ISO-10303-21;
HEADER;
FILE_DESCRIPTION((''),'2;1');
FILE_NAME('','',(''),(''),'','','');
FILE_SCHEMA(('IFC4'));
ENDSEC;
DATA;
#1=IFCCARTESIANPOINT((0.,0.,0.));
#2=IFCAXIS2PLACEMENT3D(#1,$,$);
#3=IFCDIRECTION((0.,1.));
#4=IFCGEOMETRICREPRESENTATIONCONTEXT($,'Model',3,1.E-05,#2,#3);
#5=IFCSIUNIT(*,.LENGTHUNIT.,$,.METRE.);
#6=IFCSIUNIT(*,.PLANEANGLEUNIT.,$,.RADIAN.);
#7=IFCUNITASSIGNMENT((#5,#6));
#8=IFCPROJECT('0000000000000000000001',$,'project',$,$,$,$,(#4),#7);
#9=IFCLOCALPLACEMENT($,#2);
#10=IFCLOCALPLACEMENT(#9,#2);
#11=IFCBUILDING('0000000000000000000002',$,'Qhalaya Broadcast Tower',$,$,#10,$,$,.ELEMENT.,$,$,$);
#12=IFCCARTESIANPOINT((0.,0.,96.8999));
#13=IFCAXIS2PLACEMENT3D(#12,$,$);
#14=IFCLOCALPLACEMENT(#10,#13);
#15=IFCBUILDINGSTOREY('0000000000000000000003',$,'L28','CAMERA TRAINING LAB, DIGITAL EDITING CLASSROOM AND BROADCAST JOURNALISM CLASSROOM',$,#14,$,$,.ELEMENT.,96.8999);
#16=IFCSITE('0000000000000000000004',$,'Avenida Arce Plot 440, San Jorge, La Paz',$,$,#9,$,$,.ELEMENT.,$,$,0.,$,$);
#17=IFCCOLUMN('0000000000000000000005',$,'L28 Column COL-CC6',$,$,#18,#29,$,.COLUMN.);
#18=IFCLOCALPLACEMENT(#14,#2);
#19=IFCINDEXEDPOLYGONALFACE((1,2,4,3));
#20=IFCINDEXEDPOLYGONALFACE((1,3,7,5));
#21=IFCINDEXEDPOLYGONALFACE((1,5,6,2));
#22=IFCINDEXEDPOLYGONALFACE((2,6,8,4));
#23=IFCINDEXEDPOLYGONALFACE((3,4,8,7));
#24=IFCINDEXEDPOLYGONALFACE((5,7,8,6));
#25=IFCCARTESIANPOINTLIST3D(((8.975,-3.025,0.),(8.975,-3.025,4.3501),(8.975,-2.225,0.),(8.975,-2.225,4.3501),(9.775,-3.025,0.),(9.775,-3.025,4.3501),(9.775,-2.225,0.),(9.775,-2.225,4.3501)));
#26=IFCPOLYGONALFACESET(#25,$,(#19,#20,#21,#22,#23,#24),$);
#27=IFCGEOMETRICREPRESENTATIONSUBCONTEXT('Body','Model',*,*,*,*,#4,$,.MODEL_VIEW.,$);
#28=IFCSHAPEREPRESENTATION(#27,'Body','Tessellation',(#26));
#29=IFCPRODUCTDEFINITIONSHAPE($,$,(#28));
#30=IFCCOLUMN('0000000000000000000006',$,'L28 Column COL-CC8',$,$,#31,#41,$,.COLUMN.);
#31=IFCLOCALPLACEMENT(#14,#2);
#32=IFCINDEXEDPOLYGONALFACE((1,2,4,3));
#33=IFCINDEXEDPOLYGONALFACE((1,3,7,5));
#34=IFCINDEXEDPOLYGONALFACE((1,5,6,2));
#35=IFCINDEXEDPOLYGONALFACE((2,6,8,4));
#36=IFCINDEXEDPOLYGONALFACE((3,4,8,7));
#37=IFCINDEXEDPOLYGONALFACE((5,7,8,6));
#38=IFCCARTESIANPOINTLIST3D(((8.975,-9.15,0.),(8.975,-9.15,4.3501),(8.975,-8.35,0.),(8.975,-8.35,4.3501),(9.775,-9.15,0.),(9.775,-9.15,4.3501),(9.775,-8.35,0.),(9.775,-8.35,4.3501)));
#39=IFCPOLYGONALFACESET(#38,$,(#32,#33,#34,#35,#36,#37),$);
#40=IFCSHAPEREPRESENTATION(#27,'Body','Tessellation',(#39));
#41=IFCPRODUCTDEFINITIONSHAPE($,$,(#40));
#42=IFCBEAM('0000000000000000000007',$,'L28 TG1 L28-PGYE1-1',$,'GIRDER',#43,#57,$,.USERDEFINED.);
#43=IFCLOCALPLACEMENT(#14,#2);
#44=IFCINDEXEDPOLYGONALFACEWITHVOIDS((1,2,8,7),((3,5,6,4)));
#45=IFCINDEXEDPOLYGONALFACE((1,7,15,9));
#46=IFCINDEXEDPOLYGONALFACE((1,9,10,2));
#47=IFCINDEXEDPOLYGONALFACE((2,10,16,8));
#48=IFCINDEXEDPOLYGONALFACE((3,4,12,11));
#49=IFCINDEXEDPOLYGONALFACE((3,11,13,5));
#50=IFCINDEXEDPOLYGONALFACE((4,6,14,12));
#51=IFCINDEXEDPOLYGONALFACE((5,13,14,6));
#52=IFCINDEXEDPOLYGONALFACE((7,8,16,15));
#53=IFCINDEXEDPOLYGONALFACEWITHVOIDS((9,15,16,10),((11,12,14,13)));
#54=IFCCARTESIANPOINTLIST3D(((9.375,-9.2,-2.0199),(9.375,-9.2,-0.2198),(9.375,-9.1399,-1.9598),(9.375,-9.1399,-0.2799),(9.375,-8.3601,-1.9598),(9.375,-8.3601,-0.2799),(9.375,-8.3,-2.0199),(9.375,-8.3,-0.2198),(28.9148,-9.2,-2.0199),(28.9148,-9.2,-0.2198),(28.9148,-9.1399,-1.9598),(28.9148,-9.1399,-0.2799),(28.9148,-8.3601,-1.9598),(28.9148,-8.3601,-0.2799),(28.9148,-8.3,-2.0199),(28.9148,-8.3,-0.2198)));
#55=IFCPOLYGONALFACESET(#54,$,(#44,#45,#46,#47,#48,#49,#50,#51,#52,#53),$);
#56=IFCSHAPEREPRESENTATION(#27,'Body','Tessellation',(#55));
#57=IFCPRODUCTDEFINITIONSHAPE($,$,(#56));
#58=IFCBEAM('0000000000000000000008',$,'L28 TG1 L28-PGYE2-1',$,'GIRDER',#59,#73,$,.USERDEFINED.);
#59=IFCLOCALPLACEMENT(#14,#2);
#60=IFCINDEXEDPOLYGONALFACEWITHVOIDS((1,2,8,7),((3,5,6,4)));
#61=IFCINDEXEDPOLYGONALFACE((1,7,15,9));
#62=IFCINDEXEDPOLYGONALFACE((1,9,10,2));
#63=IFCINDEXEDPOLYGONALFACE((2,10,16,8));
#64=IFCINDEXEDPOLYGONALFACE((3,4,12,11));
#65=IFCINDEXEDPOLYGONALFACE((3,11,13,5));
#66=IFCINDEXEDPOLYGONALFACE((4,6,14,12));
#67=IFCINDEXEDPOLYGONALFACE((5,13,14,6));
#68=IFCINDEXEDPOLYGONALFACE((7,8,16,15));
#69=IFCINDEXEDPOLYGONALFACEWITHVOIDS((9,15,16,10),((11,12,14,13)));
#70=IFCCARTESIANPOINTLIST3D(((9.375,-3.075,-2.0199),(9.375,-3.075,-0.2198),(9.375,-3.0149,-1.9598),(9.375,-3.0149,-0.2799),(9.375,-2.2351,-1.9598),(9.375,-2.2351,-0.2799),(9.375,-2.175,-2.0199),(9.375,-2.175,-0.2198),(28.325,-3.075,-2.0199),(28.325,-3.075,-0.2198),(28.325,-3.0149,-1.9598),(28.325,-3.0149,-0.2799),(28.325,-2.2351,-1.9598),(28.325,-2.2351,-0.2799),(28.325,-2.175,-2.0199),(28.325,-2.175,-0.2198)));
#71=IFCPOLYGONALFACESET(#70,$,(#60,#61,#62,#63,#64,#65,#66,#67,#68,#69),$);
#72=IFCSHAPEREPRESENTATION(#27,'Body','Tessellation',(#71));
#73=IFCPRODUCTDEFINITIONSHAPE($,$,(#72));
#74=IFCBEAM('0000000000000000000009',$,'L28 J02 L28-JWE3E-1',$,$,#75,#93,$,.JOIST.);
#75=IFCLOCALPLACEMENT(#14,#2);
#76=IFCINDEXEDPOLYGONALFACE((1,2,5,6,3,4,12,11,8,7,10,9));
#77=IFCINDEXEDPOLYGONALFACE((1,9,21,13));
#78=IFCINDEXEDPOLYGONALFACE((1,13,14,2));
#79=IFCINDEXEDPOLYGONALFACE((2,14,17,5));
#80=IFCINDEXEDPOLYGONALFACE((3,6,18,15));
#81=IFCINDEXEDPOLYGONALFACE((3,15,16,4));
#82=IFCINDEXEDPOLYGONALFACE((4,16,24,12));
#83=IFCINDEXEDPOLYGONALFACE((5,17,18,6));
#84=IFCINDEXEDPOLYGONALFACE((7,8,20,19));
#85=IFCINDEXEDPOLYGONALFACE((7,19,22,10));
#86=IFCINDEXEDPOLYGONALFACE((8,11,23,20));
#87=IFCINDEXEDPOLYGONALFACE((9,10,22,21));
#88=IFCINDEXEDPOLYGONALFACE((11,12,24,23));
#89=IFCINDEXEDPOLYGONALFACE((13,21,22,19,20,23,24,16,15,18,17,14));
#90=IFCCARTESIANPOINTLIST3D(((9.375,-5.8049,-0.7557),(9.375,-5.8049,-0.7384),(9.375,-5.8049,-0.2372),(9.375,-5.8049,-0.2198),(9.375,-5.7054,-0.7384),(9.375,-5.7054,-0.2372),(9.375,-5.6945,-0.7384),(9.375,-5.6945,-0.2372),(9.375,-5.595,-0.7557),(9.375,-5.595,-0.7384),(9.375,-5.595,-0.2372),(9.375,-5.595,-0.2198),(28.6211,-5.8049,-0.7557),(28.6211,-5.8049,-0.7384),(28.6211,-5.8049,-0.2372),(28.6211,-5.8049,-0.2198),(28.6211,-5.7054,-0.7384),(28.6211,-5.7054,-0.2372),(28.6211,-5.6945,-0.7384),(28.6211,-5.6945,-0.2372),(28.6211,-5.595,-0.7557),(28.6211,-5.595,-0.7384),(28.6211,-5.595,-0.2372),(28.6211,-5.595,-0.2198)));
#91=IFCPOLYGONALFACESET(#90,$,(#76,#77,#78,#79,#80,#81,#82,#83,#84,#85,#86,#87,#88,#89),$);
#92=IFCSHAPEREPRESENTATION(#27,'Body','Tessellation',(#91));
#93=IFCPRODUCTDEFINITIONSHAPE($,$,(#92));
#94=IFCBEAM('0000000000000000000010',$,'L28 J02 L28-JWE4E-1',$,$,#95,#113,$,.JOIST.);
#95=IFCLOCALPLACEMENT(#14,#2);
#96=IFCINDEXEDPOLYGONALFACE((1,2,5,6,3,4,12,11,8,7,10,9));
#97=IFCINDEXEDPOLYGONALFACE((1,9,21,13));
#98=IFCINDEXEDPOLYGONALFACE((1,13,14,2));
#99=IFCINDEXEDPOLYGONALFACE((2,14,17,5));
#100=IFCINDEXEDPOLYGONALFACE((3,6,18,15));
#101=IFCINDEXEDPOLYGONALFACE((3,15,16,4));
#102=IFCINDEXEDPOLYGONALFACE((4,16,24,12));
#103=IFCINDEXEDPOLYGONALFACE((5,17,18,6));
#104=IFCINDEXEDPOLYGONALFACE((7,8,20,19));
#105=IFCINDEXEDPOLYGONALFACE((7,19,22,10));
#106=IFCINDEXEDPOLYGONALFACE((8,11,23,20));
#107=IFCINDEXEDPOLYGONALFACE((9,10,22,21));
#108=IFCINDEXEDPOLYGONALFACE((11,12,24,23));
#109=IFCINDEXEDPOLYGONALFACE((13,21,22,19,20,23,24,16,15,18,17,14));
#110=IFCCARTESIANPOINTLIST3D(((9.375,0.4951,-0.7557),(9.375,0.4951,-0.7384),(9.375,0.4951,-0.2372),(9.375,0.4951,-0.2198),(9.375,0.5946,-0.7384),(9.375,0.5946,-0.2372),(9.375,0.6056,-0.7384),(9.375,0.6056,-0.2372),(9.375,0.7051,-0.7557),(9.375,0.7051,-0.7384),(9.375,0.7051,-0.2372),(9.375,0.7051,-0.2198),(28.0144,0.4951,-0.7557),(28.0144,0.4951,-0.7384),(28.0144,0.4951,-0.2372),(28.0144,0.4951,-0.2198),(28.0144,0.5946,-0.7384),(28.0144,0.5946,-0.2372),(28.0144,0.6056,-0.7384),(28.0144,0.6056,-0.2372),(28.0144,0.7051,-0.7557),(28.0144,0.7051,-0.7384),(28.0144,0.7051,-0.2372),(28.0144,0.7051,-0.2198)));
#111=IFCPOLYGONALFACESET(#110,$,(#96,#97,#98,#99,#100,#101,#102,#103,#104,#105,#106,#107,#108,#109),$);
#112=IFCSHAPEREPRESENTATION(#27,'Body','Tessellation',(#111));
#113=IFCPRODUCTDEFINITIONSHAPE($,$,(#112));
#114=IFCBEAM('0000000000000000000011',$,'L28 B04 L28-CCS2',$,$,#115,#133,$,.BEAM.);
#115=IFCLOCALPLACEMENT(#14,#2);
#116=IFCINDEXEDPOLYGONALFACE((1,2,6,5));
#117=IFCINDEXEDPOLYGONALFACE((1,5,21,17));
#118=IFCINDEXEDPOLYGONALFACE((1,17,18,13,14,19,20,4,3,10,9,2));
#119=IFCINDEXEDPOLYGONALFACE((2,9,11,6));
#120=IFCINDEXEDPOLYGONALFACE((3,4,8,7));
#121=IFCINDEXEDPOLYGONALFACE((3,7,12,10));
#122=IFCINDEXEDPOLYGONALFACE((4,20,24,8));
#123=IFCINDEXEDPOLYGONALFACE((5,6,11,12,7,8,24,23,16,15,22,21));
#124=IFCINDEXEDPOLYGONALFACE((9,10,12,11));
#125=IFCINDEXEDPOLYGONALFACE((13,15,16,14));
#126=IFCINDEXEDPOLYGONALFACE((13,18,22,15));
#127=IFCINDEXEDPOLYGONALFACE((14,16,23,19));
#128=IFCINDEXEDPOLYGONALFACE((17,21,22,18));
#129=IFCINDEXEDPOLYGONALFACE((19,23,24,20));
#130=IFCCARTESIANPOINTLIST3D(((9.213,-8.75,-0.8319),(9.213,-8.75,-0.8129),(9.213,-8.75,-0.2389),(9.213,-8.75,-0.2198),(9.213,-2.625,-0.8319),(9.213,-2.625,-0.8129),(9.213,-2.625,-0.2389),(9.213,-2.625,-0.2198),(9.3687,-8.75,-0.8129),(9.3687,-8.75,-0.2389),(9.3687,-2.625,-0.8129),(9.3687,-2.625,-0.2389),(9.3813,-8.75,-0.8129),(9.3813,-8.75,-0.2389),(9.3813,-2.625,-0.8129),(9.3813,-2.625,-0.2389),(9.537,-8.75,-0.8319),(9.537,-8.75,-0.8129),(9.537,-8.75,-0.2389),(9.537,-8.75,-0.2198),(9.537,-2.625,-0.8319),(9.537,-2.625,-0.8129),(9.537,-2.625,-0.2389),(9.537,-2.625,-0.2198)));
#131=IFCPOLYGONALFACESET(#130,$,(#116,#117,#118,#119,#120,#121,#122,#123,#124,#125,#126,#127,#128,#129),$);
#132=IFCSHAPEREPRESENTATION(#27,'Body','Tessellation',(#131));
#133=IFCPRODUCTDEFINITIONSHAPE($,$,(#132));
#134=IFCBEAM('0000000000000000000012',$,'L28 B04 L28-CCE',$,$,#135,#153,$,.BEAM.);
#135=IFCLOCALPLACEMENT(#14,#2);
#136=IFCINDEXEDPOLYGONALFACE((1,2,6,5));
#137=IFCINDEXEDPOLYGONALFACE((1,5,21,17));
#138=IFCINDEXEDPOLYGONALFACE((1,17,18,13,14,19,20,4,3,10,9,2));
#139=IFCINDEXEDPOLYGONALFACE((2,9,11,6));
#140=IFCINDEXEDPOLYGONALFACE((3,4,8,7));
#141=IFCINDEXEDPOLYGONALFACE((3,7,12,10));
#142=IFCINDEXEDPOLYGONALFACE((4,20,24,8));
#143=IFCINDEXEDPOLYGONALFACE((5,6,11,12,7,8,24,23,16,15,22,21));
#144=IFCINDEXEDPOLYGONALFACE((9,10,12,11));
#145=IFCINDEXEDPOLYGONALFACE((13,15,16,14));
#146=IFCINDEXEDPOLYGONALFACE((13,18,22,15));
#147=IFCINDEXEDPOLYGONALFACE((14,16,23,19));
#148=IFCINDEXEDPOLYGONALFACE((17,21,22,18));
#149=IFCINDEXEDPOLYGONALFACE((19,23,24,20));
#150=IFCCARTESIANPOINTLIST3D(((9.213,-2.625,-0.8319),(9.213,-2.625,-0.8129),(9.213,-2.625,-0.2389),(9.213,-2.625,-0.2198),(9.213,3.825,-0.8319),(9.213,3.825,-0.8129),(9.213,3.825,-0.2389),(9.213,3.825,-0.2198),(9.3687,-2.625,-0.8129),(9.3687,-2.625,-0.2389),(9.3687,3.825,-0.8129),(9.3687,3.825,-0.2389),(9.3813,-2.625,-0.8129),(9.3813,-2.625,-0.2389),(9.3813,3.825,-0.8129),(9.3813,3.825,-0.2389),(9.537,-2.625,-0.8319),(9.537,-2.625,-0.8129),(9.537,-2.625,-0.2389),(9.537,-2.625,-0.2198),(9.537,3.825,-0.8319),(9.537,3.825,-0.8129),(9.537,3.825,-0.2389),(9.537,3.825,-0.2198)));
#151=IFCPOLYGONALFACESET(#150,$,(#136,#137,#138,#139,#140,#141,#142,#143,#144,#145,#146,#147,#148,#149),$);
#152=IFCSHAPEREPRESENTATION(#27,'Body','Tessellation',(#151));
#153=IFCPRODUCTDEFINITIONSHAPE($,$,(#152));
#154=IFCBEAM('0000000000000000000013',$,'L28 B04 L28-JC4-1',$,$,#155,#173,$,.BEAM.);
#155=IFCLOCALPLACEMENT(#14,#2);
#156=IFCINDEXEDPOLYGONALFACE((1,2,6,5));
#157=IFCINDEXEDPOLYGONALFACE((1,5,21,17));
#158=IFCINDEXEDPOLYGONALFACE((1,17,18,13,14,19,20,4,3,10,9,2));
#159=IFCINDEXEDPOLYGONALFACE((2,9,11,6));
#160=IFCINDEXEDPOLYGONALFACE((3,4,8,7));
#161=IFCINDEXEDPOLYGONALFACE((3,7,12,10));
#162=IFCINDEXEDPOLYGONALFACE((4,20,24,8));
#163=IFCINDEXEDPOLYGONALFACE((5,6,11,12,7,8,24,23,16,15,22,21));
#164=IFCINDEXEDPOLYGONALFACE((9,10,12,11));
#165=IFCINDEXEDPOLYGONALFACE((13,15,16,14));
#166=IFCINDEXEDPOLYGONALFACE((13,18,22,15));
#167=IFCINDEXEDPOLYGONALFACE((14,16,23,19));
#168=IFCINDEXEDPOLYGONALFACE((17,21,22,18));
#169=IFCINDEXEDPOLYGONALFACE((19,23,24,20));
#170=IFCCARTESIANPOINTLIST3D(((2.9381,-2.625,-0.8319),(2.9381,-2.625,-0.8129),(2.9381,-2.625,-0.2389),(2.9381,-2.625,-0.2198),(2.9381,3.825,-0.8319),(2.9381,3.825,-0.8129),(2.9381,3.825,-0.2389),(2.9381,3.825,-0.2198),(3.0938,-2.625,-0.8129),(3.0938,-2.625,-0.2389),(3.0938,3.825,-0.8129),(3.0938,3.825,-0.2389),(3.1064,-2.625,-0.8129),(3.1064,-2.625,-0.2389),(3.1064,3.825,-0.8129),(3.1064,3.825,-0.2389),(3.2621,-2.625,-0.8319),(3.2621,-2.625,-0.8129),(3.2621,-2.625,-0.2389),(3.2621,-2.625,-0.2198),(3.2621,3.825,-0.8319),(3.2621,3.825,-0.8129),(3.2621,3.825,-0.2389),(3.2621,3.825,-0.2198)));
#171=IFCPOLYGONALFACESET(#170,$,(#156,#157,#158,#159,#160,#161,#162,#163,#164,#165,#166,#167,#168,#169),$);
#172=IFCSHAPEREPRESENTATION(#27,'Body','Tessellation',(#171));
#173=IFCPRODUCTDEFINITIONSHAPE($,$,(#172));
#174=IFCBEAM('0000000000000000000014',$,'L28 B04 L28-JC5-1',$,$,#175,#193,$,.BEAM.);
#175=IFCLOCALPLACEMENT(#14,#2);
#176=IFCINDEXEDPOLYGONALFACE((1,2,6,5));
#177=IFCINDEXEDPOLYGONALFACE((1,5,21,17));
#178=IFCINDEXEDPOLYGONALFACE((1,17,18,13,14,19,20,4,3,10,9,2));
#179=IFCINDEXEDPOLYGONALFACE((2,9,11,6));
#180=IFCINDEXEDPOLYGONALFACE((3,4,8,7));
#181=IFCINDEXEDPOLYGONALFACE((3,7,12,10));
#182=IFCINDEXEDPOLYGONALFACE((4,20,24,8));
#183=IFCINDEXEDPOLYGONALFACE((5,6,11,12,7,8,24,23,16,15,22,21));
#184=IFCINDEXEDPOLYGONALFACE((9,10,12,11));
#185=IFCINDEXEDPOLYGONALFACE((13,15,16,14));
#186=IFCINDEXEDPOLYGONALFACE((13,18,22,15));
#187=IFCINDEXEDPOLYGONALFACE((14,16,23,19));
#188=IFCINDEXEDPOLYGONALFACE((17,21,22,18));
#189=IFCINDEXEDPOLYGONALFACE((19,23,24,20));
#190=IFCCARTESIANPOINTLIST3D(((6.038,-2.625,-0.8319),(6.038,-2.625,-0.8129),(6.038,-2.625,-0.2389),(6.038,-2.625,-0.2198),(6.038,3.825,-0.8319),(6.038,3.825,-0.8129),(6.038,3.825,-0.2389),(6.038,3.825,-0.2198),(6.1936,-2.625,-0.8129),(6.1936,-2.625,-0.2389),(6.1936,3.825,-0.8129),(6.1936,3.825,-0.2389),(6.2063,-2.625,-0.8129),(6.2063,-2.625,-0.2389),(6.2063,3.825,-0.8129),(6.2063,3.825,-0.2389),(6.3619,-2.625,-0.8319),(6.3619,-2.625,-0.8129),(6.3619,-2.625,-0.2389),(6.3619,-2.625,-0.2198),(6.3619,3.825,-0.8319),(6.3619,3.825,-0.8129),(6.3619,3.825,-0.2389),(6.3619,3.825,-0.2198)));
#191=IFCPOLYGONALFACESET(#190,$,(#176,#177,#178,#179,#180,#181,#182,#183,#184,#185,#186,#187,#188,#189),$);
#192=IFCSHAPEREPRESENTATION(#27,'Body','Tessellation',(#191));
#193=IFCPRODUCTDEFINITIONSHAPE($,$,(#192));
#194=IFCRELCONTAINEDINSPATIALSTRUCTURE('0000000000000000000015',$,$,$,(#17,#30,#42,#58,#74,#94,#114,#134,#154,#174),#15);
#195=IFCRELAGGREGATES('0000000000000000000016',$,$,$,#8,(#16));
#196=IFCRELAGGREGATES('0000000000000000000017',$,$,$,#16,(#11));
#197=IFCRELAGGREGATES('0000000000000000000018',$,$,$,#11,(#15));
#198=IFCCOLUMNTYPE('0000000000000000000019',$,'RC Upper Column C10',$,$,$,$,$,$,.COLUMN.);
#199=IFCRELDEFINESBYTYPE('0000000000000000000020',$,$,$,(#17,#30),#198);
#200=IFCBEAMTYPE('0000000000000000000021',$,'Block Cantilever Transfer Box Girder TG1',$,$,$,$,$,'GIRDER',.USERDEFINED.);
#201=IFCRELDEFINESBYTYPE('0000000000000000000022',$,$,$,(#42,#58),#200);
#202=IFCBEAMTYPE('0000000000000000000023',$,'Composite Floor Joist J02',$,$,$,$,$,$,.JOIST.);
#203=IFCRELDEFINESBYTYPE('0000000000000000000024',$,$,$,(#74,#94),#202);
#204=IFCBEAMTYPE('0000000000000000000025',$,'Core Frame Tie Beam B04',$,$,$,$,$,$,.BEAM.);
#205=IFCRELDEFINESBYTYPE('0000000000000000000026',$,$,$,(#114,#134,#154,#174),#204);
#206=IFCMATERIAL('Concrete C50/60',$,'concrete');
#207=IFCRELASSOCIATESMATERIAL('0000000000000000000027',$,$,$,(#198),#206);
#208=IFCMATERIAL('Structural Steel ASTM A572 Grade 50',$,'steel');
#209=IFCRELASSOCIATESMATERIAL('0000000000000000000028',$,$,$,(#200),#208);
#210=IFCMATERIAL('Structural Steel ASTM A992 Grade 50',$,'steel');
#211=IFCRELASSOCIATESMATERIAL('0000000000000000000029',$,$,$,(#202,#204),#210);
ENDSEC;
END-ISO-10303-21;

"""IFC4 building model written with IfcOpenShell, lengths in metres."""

from ifc_helpers import new_model, si_unit, direction, frame, origin, origin_2d, place, context, subcontext, project, spatial, rectangle, hollow_rectangle, i_section, extrude, material, material_profile, profile_set, type_object, element, save


model = new_model("IFC4")

# Units and contexts
model_context = context("Model", 3, precision=1e-05, world=origin(), true_north=direction((0.0, 1.0)))
body_context = subcontext(model_context, "Body", "Model", "MODEL_VIEW")
ifc_project = project(units=[si_unit("LENGTHUNIT", "METRE"), si_unit("PLANEANGLEUNIT", "RADIAN")], contexts=[model_context])

# Site, building, storey
site_placement = place(None, origin())
site = spatial("IfcSite", under=ifc_project, at=site_placement, Name="Avenida Arce Plot 440, San Jorge, La Paz", CompositionType="ELEMENT", RefElevation=0.0)
building_placement = place(site_placement, origin())
building = spatial("IfcBuilding", under=site, at=building_placement, Name="Qhalaya Broadcast Tower", CompositionType="ELEMENT")
storey_placement = place(building_placement, frame((0.0, 0.0, 96.8999)))
storey = spatial("IfcBuildingStorey", under=building, at=storey_placement, Name="L28", Description="CAMERA TRAINING LAB, DIGITAL EDITING CLASSROOM AND BROADCAST JOURNALISM CLASSROOM", CompositionType="ELEMENT", Elevation=96.8999)

# Columns
ifc_material_1 = material(Name="Concrete C50/60", Category="concrete")
ifc_material_profile_1 = material_profile(ifc_material_1, rectangle(XDim=0.8, YDim=0.8, at=origin_2d()), Name="RC-COL 800x800")
ifc_profile_set_1 = profile_set([ifc_material_profile_1], Name="Concrete C50/60")
column_type = type_object("IfcColumnType", Name="RC Upper Column C10", PredefinedType="COLUMN", material=ifc_profile_set_1)
for number, where, z_axis, x_axis, name in (
    (1, (9.375, -2.625, 0.0), (0.0, 0.0, 1.0), (1.0, 0.0, 0.0), "L28 Column COL-CC6"),
    (2, (9.375, -8.75, 0.0), (0.0, 0.0, 1.0), (1.0, 0.0, 0.0), "L28 Column COL-CC8"),
):
    element("IfcColumn", number, at=place(storey_placement, frame(where, z_axis=z_axis, x_axis=x_axis)), inside=storey, type_object=column_type, Name=name, PredefinedType="COLUMN", context=body_context, shape_type="SweptSolid", body=[
        extrude(rectangle(XDim=0.8, YDim=0.8, at=origin_2d()), origin(), (0.0, 0.0, 1.0), 4.3501),
    ])

# Beams
ifc_material_2 = material(Name="Structural Steel ASTM A572 Grade 50", Category="steel")
ifc_material_profile_2 = material_profile(ifc_material_2, hollow_rectangle(XDim=0.8999, YDim=1.8, WallThickness=0.0601, at=origin_2d()), Name="BOX 900x1800x60")
ifc_profile_set_2 = profile_set([ifc_material_profile_2], Name="Structural Steel ASTM A572 Grade 50")
beam_type_1 = type_object("IfcBeamType", Name="Block Cantilever Transfer Box Girder TG1", ElementType="GIRDER", PredefinedType="USERDEFINED", material=ifc_profile_set_2)
beam_1_placement = place(storey_placement, frame((9.375, -8.75, -1.1199), z_axis=(1.0, 0.0, 0.0), x_axis=(0.0, 1.0, 0.0)))
element("IfcBeam", 3, at=beam_1_placement, inside=storey, type_object=beam_type_1, Name="L28 TG1 L28-PGYE1-1", ObjectType="GIRDER", PredefinedType="USERDEFINED", context=body_context, shape_type="SweptSolid", body=[
    extrude(hollow_rectangle(XDim=0.8999, YDim=1.8, WallThickness=0.0601, at=origin_2d()), origin(), (0.0, 0.0, 1.0), 19.5398),
])
beam_2_placement = place(storey_placement, frame((9.375, -2.625, -1.1199), z_axis=(1.0, 0.0, 0.0), x_axis=(0.0, 1.0, 0.0)))
element("IfcBeam", 4, at=beam_2_placement, inside=storey, type_object=beam_type_1, Name="L28 TG1 L28-PGYE2-1", ObjectType="GIRDER", PredefinedType="USERDEFINED", context=body_context, shape_type="SweptSolid", body=[
    extrude(hollow_rectangle(XDim=0.8999, YDim=1.8, WallThickness=0.0601, at=origin_2d()), origin(), (0.0, 0.0, 1.0), 18.95),
])
ifc_material_3 = material(Name="Structural Steel ASTM A992 Grade 50", Category="steel")
ifc_material_profile_3 = material_profile(ifc_material_3, i_section(OverallWidth=0.21, OverallDepth=0.5359, WebThickness=0.011, FlangeThickness=0.0173, at=origin_2d()), Name="W21X68")
ifc_profile_set_3 = profile_set([ifc_material_profile_3], Name="Structural Steel ASTM A992 Grade 50")
beam_type_2 = type_object("IfcBeamType", Name="Composite Floor Joist J02", PredefinedType="JOIST", material=ifc_profile_set_3)
beam_3_placement = place(storey_placement, frame((9.375, -5.7, -0.4878), z_axis=(1.0, 0.0, 0.0), x_axis=(0.0, 1.0, 0.0)))
element("IfcBeam", 5, at=beam_3_placement, inside=storey, type_object=beam_type_2, Name="L28 J02 L28-JWE3E-1", PredefinedType="JOIST", context=body_context, shape_type="SweptSolid", body=[
    extrude(i_section(OverallWidth=0.21, OverallDepth=0.5359, WebThickness=0.011, FlangeThickness=0.0173, at=origin_2d()), origin(), (0.0, 0.0, 1.0), 19.2461),
])
beam_4_placement = place(storey_placement, frame((9.375, 0.6001, -0.4878), z_axis=(1.0, 0.0, 0.0), x_axis=(0.0, 1.0, 0.0)))
element("IfcBeam", 6, at=beam_4_placement, inside=storey, type_object=beam_type_2, Name="L28 J02 L28-JWE4E-1", PredefinedType="JOIST", context=body_context, shape_type="SweptSolid", body=[
    extrude(i_section(OverallWidth=0.21, OverallDepth=0.5359, WebThickness=0.011, FlangeThickness=0.0173, at=origin_2d()), origin(), (0.0, 0.0, 1.0), 18.6394),
])
ifc_material_profile_4 = material_profile(ifc_material_3, i_section(OverallWidth=0.324, OverallDepth=0.6121, WebThickness=0.0127, FlangeThickness=0.019, at=origin_2d()), Name="W24X104")
ifc_profile_set_4 = profile_set([ifc_material_profile_4], Name="Structural Steel ASTM A992 Grade 50")
beam_type_3 = type_object("IfcBeamType", Name="Core Frame Tie Beam B04", PredefinedType="BEAM", material=ifc_profile_set_4)
beam_5_placement = place(storey_placement, frame((9.375, -8.75, -0.5259), z_axis=(0.0, 1.0, 0.0), x_axis=(-1.0, 0.0, 0.0)))
element("IfcBeam", 7, at=beam_5_placement, inside=storey, type_object=beam_type_3, Name="L28 B04 L28-CCS2", PredefinedType="BEAM", context=body_context, shape_type="SweptSolid", body=[
    extrude(i_section(OverallWidth=0.324, OverallDepth=0.6121, WebThickness=0.0127, FlangeThickness=0.019, at=origin_2d()), origin(), (0.0, 0.0, 1.0), 6.125),
])
for number, where, z_axis, x_axis, name in (
    (8, (9.375, -2.625, -0.5259), (0.0, 1.0, 0.0), (-1.0, 0.0, 0.0), "L28 B04 L28-CCE"),
    (9, (3.1001, -2.625, -0.5259), (0.0, 1.0, 0.0), (-1.0, 0.0, 0.0), "L28 B04 L28-JC4-1"),
    (10, (6.2, -2.625, -0.5259), (0.0, 1.0, 0.0), (-1.0, 0.0, 0.0), "L28 B04 L28-JC5-1"),
):
    element("IfcBeam", number, at=place(storey_placement, frame(where, z_axis=z_axis, x_axis=x_axis)), inside=storey, type_object=beam_type_3, Name=name, PredefinedType="BEAM", context=body_context, shape_type="SweptSolid", body=[
        extrude(i_section(OverallWidth=0.324, OverallDepth=0.6121, WebThickness=0.0127, FlangeThickness=0.019, at=origin_2d()), origin(), (0.0, 0.0, 1.0), 6.45),
    ])

save(model, "model.ifc")
